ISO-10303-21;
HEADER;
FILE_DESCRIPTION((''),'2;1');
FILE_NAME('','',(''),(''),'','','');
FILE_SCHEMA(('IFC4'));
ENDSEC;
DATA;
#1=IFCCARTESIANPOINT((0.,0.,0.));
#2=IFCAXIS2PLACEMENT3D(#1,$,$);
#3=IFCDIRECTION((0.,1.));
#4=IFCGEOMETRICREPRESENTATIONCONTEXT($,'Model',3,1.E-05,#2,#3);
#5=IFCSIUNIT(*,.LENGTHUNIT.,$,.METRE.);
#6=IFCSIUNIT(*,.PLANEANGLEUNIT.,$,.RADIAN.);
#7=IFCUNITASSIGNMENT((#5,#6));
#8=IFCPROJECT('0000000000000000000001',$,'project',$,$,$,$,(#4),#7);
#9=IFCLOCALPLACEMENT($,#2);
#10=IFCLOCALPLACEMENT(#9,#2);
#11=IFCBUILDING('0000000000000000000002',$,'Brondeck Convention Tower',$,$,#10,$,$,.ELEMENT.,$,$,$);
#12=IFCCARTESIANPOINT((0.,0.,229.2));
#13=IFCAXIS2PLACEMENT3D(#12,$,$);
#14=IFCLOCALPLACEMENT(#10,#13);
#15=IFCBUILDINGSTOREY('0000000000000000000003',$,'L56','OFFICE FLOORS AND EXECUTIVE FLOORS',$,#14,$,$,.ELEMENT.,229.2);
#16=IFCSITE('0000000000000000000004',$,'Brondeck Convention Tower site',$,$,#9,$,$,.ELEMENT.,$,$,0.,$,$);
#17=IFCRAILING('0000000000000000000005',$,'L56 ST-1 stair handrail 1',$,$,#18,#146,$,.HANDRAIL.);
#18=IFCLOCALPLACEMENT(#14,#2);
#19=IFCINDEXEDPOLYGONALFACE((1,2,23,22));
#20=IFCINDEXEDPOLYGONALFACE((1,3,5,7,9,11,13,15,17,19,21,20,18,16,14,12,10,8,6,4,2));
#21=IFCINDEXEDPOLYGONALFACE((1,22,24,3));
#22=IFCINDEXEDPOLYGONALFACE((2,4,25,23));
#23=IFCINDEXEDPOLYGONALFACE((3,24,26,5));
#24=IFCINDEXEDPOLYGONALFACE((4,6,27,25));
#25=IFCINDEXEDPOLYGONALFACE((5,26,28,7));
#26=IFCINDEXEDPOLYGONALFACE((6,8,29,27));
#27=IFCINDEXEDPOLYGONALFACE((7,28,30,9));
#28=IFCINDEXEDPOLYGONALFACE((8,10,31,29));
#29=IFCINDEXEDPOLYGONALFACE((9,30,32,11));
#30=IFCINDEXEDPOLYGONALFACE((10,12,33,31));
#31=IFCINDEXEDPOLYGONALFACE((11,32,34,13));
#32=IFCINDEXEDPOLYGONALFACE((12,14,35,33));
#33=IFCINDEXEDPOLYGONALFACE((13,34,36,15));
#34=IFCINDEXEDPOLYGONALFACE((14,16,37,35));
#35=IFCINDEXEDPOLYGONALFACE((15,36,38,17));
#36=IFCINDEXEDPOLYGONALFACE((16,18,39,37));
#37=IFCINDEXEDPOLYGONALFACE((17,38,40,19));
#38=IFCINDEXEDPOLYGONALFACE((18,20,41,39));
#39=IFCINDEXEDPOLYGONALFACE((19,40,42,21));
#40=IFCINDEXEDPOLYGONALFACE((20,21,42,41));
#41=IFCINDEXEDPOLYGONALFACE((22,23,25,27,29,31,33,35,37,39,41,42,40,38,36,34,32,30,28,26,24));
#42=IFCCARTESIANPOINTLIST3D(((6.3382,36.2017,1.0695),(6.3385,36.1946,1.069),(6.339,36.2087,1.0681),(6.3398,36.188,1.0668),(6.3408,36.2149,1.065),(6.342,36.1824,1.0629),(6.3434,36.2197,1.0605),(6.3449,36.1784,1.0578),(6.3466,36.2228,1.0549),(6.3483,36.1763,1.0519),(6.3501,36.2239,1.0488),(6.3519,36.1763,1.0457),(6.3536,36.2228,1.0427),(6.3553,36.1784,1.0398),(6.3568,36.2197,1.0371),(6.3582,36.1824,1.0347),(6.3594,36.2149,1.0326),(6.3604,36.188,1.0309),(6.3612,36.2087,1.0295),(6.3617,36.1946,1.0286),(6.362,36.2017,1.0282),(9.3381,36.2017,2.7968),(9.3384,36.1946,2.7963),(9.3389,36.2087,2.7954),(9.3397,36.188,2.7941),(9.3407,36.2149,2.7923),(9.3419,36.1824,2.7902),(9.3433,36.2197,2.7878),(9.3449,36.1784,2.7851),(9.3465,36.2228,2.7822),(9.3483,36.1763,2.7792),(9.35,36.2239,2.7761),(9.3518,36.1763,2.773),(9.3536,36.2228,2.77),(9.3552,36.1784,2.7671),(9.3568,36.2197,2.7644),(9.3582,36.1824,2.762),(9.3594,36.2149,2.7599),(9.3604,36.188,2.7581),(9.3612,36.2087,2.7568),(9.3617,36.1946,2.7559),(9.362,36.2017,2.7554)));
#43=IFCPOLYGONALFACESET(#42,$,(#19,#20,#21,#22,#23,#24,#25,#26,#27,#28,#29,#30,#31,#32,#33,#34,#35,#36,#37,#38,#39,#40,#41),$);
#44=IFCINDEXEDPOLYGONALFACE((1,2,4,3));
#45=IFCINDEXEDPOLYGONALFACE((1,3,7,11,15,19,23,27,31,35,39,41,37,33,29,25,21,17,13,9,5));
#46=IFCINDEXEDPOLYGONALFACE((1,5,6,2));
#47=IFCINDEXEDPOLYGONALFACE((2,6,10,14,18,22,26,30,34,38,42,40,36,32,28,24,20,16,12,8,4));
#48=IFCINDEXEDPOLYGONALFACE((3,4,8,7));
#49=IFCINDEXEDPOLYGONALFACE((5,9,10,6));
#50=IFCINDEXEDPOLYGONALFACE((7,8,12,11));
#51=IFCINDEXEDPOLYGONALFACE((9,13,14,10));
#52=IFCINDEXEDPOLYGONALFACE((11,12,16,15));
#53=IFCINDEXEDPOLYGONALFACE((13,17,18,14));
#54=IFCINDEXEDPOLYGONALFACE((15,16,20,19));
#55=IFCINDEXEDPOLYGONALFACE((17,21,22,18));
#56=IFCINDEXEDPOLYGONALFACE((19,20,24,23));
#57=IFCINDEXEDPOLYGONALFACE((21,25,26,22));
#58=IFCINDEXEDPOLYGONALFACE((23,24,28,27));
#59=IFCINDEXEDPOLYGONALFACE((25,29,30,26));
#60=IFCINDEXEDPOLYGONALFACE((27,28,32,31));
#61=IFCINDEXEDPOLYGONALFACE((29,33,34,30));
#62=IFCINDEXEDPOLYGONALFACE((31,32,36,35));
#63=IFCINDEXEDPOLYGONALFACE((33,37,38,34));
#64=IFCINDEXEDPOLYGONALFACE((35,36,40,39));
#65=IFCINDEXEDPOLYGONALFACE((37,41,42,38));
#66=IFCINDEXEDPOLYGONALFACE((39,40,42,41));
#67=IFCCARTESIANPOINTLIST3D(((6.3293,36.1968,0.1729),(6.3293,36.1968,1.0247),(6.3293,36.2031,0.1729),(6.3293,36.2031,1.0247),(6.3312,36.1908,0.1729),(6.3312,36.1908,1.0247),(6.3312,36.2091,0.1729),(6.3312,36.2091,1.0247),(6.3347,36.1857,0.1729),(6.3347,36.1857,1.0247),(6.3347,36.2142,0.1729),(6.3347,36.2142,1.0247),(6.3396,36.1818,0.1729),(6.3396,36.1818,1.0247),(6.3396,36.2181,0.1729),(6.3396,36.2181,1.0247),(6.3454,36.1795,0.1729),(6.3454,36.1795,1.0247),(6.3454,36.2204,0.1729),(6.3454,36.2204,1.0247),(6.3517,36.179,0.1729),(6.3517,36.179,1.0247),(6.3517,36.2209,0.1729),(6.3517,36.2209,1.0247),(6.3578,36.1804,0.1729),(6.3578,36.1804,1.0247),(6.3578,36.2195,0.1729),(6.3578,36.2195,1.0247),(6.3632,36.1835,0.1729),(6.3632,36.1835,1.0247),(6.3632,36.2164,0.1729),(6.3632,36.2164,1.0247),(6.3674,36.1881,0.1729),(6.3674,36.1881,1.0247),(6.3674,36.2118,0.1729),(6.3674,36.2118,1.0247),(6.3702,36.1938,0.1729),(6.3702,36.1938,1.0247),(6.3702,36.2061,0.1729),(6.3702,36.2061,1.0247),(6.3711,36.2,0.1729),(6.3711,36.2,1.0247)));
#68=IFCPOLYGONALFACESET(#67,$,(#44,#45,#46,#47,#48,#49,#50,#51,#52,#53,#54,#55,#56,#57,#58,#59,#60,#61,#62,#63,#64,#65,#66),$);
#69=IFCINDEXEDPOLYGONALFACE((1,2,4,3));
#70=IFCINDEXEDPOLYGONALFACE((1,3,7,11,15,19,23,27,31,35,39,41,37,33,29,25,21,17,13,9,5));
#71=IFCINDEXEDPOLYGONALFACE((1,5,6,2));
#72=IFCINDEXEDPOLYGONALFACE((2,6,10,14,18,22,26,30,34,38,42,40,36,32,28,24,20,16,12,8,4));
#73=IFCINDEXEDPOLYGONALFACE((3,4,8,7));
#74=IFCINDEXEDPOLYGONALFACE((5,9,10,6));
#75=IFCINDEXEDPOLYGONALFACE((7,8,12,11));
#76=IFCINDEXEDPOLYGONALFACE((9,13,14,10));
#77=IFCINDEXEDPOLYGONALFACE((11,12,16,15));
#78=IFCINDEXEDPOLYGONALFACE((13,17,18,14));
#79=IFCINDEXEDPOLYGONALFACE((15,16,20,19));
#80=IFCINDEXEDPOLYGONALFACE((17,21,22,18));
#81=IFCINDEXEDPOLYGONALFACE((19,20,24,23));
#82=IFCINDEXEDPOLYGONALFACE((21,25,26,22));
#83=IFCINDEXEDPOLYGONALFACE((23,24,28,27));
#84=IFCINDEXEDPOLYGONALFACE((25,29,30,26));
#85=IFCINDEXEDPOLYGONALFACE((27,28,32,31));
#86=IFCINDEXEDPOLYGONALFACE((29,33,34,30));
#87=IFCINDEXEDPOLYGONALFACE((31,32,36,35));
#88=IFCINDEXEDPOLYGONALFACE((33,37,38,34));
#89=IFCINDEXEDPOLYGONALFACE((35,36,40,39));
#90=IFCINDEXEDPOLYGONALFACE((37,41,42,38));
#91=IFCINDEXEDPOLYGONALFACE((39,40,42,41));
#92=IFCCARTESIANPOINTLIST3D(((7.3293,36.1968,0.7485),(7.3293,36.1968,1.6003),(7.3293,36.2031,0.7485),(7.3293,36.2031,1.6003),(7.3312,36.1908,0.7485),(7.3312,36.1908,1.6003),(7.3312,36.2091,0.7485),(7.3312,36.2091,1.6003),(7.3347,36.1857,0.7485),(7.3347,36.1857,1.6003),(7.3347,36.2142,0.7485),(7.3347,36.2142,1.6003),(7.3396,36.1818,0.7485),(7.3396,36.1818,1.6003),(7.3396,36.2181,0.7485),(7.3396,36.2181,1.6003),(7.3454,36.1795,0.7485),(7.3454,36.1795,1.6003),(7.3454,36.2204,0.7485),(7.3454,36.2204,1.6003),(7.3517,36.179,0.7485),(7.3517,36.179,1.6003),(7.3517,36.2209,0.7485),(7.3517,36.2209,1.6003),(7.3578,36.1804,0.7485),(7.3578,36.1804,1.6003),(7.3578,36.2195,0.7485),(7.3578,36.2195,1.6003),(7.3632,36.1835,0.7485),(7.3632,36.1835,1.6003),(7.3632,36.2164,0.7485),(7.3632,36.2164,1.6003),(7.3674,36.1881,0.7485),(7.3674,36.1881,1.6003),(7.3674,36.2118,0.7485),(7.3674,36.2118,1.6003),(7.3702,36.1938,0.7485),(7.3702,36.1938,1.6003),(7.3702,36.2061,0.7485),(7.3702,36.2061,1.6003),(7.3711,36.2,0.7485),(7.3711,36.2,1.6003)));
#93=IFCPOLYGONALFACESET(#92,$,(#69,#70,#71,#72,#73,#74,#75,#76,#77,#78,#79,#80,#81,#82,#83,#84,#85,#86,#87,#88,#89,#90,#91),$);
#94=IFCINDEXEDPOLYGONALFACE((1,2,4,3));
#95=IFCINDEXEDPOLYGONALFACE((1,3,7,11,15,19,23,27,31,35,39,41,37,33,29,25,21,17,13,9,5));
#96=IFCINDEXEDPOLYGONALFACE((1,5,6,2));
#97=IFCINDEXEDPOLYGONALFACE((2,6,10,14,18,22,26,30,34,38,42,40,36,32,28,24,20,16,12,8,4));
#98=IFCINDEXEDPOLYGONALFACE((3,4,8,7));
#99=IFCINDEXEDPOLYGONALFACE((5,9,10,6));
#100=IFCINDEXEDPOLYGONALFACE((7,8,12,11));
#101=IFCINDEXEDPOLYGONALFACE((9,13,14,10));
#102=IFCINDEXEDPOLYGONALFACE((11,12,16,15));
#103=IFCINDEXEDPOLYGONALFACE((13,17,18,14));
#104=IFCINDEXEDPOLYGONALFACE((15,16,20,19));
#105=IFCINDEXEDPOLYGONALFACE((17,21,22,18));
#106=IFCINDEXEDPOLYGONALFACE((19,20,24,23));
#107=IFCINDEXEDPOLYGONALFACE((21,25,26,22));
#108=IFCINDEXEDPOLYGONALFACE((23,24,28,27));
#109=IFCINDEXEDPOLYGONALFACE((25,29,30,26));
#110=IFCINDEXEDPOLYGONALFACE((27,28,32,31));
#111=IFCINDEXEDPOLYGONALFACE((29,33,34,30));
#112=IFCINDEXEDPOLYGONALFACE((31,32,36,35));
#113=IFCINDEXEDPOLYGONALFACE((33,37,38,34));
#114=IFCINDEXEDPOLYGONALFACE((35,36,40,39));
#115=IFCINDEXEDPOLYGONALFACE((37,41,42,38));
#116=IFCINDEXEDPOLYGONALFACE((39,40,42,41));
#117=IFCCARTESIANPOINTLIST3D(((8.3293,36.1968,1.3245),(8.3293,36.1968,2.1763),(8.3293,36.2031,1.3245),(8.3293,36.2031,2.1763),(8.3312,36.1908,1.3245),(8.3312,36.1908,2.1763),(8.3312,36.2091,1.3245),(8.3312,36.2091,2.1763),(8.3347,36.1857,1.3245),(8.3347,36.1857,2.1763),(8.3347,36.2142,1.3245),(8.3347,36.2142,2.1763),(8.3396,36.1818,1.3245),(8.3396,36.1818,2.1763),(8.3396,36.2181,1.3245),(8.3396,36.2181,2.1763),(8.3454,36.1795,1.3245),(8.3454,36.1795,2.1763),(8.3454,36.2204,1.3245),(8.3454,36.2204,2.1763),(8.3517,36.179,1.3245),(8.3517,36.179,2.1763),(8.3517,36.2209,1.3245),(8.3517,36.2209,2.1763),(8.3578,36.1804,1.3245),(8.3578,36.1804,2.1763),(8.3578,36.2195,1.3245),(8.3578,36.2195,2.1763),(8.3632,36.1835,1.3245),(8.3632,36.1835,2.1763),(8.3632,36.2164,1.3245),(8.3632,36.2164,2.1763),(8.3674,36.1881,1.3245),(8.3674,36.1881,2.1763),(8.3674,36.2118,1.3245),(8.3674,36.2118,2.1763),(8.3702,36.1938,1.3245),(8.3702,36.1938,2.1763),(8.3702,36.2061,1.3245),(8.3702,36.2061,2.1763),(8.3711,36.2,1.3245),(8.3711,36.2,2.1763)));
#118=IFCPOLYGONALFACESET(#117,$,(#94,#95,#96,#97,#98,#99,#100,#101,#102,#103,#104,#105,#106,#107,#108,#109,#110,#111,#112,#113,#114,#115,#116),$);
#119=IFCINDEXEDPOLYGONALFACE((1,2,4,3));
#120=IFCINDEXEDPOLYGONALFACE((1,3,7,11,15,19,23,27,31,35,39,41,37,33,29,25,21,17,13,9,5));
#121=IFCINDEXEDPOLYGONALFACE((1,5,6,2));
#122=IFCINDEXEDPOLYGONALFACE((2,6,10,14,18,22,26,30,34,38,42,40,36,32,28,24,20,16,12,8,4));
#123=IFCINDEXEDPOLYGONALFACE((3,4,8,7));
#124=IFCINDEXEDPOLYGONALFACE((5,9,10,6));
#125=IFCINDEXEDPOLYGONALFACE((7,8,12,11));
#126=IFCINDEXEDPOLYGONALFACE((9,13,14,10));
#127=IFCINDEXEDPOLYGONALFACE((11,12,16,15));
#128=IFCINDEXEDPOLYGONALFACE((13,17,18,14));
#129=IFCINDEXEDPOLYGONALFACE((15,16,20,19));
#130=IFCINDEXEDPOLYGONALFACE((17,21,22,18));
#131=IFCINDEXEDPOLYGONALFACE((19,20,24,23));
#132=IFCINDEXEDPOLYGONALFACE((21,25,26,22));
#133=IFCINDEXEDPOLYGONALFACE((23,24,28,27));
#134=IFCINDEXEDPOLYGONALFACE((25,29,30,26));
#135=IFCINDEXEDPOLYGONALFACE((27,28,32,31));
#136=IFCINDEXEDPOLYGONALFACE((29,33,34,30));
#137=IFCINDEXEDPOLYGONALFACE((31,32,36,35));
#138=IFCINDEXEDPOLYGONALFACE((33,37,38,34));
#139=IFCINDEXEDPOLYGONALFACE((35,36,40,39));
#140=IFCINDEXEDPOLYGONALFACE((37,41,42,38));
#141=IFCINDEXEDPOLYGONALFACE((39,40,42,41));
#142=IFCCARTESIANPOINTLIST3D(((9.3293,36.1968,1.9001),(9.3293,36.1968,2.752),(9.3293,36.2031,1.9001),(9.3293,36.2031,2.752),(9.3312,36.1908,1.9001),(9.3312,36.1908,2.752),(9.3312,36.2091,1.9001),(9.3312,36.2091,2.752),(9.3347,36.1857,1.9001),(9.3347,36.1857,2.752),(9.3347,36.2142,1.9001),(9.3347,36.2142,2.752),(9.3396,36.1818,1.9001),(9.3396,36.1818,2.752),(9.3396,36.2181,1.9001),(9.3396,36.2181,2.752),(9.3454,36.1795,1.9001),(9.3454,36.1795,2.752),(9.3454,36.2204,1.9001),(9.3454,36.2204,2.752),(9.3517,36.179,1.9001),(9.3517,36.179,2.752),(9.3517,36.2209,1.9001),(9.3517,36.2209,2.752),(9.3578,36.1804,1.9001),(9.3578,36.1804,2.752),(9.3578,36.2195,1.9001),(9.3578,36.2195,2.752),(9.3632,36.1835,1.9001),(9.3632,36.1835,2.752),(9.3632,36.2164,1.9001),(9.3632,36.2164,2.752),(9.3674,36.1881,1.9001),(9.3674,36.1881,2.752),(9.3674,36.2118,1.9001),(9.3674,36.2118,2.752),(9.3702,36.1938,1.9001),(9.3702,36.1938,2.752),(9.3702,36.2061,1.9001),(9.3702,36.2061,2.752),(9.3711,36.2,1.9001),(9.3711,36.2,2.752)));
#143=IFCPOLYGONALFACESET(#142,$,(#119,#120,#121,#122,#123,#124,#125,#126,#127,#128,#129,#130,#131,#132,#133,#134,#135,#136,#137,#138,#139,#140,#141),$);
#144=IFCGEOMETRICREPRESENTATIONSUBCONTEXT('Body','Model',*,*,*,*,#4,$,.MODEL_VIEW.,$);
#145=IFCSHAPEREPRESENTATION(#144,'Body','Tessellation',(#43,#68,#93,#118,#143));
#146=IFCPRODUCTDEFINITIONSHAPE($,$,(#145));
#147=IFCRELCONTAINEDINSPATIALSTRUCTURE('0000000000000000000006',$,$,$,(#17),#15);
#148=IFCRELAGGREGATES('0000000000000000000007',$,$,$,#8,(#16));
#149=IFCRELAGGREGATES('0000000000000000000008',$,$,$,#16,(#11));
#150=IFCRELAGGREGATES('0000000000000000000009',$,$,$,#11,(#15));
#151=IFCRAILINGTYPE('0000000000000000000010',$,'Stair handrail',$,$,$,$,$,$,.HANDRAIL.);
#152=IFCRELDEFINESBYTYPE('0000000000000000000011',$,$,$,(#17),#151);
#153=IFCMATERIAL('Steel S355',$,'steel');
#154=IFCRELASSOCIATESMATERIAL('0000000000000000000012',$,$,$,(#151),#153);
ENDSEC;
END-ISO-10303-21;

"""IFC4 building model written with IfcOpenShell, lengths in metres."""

from ifc_helpers import new_model, si_unit, direction, frame, origin, origin_2d, place, context, subcontext, project, spatial, circle, extrude, material, type_object, element, save


model = new_model("IFC4")

# Units and contexts
model_context = context("Model", 3, precision=1e-05, world=origin(), true_north=direction((0.0, 1.0)))
body_context = subcontext(model_context, "Body", "Model", "MODEL_VIEW")
ifc_project = project(units=[si_unit("LENGTHUNIT", "METRE"), si_unit("PLANEANGLEUNIT", "RADIAN")], contexts=[model_context])

# Site, building, storey
site_placement = place(None, origin())
site = spatial("IfcSite", under=ifc_project, at=site_placement, Name="Brondeck Convention Tower site", CompositionType="ELEMENT", RefElevation=0.0)
building_placement = place(site_placement, origin())
building = spatial("IfcBuilding", under=site, at=building_placement, Name="Brondeck Convention Tower", CompositionType="ELEMENT")
storey_placement = place(building_placement, frame((0.0, 0.0, 229.2)))
storey = spatial("IfcBuildingStorey", under=building, at=storey_placement, Name="L56", Description="OFFICE FLOORS AND EXECUTIVE FLOORS", CompositionType="ELEMENT", Elevation=229.2)

# Railing
ifc_material_1 = material(Name="Steel S355", Category="steel")
railing_type_1 = type_object("IfcRailingType", Name="Stair handrail", PredefinedType="HANDRAIL", material=ifc_material_1)
railing_1_placement = place(storey_placement, frame((6.3501, 36.2, 0.1729)))
element("IfcRailing", 1, at=railing_1_placement, inside=storey, type_object=railing_type_1, Name="L56 ST-1 stair handrail 1", PredefinedType="HANDRAIL", context=body_context, shape_type="SweptSolid", body=[
    extrude(circle(Radius=0.0239, at=origin_2d()), frame((0.0, 0.0, 0.876), z_axis=(0.86662, 0.0, 0.498969), x_axis=(0.0, 1.0, 0.0)), (0.0, 0.0, 1.0), 3.4617),
    extrude(circle(Radius=0.021, at=origin_2d()), origin(), (0.0, 0.0, 1.0), 0.8518),
    extrude(circle(Radius=0.021, at=origin_2d()), frame((1.0, 0.0, 0.5757)), (0.0, 0.0, 1.0), 0.8518),
    extrude(circle(Radius=0.021, at=origin_2d()), frame((2.0, 0.0, 1.1516)), (0.0, 0.0, 1.0), 0.8518),
    extrude(circle(Radius=0.021, at=origin_2d()), frame((3.0, 0.0, 1.7273)), (0.0, 0.0, 1.0), 0.8518),
])

save(model, "model.ifc")
